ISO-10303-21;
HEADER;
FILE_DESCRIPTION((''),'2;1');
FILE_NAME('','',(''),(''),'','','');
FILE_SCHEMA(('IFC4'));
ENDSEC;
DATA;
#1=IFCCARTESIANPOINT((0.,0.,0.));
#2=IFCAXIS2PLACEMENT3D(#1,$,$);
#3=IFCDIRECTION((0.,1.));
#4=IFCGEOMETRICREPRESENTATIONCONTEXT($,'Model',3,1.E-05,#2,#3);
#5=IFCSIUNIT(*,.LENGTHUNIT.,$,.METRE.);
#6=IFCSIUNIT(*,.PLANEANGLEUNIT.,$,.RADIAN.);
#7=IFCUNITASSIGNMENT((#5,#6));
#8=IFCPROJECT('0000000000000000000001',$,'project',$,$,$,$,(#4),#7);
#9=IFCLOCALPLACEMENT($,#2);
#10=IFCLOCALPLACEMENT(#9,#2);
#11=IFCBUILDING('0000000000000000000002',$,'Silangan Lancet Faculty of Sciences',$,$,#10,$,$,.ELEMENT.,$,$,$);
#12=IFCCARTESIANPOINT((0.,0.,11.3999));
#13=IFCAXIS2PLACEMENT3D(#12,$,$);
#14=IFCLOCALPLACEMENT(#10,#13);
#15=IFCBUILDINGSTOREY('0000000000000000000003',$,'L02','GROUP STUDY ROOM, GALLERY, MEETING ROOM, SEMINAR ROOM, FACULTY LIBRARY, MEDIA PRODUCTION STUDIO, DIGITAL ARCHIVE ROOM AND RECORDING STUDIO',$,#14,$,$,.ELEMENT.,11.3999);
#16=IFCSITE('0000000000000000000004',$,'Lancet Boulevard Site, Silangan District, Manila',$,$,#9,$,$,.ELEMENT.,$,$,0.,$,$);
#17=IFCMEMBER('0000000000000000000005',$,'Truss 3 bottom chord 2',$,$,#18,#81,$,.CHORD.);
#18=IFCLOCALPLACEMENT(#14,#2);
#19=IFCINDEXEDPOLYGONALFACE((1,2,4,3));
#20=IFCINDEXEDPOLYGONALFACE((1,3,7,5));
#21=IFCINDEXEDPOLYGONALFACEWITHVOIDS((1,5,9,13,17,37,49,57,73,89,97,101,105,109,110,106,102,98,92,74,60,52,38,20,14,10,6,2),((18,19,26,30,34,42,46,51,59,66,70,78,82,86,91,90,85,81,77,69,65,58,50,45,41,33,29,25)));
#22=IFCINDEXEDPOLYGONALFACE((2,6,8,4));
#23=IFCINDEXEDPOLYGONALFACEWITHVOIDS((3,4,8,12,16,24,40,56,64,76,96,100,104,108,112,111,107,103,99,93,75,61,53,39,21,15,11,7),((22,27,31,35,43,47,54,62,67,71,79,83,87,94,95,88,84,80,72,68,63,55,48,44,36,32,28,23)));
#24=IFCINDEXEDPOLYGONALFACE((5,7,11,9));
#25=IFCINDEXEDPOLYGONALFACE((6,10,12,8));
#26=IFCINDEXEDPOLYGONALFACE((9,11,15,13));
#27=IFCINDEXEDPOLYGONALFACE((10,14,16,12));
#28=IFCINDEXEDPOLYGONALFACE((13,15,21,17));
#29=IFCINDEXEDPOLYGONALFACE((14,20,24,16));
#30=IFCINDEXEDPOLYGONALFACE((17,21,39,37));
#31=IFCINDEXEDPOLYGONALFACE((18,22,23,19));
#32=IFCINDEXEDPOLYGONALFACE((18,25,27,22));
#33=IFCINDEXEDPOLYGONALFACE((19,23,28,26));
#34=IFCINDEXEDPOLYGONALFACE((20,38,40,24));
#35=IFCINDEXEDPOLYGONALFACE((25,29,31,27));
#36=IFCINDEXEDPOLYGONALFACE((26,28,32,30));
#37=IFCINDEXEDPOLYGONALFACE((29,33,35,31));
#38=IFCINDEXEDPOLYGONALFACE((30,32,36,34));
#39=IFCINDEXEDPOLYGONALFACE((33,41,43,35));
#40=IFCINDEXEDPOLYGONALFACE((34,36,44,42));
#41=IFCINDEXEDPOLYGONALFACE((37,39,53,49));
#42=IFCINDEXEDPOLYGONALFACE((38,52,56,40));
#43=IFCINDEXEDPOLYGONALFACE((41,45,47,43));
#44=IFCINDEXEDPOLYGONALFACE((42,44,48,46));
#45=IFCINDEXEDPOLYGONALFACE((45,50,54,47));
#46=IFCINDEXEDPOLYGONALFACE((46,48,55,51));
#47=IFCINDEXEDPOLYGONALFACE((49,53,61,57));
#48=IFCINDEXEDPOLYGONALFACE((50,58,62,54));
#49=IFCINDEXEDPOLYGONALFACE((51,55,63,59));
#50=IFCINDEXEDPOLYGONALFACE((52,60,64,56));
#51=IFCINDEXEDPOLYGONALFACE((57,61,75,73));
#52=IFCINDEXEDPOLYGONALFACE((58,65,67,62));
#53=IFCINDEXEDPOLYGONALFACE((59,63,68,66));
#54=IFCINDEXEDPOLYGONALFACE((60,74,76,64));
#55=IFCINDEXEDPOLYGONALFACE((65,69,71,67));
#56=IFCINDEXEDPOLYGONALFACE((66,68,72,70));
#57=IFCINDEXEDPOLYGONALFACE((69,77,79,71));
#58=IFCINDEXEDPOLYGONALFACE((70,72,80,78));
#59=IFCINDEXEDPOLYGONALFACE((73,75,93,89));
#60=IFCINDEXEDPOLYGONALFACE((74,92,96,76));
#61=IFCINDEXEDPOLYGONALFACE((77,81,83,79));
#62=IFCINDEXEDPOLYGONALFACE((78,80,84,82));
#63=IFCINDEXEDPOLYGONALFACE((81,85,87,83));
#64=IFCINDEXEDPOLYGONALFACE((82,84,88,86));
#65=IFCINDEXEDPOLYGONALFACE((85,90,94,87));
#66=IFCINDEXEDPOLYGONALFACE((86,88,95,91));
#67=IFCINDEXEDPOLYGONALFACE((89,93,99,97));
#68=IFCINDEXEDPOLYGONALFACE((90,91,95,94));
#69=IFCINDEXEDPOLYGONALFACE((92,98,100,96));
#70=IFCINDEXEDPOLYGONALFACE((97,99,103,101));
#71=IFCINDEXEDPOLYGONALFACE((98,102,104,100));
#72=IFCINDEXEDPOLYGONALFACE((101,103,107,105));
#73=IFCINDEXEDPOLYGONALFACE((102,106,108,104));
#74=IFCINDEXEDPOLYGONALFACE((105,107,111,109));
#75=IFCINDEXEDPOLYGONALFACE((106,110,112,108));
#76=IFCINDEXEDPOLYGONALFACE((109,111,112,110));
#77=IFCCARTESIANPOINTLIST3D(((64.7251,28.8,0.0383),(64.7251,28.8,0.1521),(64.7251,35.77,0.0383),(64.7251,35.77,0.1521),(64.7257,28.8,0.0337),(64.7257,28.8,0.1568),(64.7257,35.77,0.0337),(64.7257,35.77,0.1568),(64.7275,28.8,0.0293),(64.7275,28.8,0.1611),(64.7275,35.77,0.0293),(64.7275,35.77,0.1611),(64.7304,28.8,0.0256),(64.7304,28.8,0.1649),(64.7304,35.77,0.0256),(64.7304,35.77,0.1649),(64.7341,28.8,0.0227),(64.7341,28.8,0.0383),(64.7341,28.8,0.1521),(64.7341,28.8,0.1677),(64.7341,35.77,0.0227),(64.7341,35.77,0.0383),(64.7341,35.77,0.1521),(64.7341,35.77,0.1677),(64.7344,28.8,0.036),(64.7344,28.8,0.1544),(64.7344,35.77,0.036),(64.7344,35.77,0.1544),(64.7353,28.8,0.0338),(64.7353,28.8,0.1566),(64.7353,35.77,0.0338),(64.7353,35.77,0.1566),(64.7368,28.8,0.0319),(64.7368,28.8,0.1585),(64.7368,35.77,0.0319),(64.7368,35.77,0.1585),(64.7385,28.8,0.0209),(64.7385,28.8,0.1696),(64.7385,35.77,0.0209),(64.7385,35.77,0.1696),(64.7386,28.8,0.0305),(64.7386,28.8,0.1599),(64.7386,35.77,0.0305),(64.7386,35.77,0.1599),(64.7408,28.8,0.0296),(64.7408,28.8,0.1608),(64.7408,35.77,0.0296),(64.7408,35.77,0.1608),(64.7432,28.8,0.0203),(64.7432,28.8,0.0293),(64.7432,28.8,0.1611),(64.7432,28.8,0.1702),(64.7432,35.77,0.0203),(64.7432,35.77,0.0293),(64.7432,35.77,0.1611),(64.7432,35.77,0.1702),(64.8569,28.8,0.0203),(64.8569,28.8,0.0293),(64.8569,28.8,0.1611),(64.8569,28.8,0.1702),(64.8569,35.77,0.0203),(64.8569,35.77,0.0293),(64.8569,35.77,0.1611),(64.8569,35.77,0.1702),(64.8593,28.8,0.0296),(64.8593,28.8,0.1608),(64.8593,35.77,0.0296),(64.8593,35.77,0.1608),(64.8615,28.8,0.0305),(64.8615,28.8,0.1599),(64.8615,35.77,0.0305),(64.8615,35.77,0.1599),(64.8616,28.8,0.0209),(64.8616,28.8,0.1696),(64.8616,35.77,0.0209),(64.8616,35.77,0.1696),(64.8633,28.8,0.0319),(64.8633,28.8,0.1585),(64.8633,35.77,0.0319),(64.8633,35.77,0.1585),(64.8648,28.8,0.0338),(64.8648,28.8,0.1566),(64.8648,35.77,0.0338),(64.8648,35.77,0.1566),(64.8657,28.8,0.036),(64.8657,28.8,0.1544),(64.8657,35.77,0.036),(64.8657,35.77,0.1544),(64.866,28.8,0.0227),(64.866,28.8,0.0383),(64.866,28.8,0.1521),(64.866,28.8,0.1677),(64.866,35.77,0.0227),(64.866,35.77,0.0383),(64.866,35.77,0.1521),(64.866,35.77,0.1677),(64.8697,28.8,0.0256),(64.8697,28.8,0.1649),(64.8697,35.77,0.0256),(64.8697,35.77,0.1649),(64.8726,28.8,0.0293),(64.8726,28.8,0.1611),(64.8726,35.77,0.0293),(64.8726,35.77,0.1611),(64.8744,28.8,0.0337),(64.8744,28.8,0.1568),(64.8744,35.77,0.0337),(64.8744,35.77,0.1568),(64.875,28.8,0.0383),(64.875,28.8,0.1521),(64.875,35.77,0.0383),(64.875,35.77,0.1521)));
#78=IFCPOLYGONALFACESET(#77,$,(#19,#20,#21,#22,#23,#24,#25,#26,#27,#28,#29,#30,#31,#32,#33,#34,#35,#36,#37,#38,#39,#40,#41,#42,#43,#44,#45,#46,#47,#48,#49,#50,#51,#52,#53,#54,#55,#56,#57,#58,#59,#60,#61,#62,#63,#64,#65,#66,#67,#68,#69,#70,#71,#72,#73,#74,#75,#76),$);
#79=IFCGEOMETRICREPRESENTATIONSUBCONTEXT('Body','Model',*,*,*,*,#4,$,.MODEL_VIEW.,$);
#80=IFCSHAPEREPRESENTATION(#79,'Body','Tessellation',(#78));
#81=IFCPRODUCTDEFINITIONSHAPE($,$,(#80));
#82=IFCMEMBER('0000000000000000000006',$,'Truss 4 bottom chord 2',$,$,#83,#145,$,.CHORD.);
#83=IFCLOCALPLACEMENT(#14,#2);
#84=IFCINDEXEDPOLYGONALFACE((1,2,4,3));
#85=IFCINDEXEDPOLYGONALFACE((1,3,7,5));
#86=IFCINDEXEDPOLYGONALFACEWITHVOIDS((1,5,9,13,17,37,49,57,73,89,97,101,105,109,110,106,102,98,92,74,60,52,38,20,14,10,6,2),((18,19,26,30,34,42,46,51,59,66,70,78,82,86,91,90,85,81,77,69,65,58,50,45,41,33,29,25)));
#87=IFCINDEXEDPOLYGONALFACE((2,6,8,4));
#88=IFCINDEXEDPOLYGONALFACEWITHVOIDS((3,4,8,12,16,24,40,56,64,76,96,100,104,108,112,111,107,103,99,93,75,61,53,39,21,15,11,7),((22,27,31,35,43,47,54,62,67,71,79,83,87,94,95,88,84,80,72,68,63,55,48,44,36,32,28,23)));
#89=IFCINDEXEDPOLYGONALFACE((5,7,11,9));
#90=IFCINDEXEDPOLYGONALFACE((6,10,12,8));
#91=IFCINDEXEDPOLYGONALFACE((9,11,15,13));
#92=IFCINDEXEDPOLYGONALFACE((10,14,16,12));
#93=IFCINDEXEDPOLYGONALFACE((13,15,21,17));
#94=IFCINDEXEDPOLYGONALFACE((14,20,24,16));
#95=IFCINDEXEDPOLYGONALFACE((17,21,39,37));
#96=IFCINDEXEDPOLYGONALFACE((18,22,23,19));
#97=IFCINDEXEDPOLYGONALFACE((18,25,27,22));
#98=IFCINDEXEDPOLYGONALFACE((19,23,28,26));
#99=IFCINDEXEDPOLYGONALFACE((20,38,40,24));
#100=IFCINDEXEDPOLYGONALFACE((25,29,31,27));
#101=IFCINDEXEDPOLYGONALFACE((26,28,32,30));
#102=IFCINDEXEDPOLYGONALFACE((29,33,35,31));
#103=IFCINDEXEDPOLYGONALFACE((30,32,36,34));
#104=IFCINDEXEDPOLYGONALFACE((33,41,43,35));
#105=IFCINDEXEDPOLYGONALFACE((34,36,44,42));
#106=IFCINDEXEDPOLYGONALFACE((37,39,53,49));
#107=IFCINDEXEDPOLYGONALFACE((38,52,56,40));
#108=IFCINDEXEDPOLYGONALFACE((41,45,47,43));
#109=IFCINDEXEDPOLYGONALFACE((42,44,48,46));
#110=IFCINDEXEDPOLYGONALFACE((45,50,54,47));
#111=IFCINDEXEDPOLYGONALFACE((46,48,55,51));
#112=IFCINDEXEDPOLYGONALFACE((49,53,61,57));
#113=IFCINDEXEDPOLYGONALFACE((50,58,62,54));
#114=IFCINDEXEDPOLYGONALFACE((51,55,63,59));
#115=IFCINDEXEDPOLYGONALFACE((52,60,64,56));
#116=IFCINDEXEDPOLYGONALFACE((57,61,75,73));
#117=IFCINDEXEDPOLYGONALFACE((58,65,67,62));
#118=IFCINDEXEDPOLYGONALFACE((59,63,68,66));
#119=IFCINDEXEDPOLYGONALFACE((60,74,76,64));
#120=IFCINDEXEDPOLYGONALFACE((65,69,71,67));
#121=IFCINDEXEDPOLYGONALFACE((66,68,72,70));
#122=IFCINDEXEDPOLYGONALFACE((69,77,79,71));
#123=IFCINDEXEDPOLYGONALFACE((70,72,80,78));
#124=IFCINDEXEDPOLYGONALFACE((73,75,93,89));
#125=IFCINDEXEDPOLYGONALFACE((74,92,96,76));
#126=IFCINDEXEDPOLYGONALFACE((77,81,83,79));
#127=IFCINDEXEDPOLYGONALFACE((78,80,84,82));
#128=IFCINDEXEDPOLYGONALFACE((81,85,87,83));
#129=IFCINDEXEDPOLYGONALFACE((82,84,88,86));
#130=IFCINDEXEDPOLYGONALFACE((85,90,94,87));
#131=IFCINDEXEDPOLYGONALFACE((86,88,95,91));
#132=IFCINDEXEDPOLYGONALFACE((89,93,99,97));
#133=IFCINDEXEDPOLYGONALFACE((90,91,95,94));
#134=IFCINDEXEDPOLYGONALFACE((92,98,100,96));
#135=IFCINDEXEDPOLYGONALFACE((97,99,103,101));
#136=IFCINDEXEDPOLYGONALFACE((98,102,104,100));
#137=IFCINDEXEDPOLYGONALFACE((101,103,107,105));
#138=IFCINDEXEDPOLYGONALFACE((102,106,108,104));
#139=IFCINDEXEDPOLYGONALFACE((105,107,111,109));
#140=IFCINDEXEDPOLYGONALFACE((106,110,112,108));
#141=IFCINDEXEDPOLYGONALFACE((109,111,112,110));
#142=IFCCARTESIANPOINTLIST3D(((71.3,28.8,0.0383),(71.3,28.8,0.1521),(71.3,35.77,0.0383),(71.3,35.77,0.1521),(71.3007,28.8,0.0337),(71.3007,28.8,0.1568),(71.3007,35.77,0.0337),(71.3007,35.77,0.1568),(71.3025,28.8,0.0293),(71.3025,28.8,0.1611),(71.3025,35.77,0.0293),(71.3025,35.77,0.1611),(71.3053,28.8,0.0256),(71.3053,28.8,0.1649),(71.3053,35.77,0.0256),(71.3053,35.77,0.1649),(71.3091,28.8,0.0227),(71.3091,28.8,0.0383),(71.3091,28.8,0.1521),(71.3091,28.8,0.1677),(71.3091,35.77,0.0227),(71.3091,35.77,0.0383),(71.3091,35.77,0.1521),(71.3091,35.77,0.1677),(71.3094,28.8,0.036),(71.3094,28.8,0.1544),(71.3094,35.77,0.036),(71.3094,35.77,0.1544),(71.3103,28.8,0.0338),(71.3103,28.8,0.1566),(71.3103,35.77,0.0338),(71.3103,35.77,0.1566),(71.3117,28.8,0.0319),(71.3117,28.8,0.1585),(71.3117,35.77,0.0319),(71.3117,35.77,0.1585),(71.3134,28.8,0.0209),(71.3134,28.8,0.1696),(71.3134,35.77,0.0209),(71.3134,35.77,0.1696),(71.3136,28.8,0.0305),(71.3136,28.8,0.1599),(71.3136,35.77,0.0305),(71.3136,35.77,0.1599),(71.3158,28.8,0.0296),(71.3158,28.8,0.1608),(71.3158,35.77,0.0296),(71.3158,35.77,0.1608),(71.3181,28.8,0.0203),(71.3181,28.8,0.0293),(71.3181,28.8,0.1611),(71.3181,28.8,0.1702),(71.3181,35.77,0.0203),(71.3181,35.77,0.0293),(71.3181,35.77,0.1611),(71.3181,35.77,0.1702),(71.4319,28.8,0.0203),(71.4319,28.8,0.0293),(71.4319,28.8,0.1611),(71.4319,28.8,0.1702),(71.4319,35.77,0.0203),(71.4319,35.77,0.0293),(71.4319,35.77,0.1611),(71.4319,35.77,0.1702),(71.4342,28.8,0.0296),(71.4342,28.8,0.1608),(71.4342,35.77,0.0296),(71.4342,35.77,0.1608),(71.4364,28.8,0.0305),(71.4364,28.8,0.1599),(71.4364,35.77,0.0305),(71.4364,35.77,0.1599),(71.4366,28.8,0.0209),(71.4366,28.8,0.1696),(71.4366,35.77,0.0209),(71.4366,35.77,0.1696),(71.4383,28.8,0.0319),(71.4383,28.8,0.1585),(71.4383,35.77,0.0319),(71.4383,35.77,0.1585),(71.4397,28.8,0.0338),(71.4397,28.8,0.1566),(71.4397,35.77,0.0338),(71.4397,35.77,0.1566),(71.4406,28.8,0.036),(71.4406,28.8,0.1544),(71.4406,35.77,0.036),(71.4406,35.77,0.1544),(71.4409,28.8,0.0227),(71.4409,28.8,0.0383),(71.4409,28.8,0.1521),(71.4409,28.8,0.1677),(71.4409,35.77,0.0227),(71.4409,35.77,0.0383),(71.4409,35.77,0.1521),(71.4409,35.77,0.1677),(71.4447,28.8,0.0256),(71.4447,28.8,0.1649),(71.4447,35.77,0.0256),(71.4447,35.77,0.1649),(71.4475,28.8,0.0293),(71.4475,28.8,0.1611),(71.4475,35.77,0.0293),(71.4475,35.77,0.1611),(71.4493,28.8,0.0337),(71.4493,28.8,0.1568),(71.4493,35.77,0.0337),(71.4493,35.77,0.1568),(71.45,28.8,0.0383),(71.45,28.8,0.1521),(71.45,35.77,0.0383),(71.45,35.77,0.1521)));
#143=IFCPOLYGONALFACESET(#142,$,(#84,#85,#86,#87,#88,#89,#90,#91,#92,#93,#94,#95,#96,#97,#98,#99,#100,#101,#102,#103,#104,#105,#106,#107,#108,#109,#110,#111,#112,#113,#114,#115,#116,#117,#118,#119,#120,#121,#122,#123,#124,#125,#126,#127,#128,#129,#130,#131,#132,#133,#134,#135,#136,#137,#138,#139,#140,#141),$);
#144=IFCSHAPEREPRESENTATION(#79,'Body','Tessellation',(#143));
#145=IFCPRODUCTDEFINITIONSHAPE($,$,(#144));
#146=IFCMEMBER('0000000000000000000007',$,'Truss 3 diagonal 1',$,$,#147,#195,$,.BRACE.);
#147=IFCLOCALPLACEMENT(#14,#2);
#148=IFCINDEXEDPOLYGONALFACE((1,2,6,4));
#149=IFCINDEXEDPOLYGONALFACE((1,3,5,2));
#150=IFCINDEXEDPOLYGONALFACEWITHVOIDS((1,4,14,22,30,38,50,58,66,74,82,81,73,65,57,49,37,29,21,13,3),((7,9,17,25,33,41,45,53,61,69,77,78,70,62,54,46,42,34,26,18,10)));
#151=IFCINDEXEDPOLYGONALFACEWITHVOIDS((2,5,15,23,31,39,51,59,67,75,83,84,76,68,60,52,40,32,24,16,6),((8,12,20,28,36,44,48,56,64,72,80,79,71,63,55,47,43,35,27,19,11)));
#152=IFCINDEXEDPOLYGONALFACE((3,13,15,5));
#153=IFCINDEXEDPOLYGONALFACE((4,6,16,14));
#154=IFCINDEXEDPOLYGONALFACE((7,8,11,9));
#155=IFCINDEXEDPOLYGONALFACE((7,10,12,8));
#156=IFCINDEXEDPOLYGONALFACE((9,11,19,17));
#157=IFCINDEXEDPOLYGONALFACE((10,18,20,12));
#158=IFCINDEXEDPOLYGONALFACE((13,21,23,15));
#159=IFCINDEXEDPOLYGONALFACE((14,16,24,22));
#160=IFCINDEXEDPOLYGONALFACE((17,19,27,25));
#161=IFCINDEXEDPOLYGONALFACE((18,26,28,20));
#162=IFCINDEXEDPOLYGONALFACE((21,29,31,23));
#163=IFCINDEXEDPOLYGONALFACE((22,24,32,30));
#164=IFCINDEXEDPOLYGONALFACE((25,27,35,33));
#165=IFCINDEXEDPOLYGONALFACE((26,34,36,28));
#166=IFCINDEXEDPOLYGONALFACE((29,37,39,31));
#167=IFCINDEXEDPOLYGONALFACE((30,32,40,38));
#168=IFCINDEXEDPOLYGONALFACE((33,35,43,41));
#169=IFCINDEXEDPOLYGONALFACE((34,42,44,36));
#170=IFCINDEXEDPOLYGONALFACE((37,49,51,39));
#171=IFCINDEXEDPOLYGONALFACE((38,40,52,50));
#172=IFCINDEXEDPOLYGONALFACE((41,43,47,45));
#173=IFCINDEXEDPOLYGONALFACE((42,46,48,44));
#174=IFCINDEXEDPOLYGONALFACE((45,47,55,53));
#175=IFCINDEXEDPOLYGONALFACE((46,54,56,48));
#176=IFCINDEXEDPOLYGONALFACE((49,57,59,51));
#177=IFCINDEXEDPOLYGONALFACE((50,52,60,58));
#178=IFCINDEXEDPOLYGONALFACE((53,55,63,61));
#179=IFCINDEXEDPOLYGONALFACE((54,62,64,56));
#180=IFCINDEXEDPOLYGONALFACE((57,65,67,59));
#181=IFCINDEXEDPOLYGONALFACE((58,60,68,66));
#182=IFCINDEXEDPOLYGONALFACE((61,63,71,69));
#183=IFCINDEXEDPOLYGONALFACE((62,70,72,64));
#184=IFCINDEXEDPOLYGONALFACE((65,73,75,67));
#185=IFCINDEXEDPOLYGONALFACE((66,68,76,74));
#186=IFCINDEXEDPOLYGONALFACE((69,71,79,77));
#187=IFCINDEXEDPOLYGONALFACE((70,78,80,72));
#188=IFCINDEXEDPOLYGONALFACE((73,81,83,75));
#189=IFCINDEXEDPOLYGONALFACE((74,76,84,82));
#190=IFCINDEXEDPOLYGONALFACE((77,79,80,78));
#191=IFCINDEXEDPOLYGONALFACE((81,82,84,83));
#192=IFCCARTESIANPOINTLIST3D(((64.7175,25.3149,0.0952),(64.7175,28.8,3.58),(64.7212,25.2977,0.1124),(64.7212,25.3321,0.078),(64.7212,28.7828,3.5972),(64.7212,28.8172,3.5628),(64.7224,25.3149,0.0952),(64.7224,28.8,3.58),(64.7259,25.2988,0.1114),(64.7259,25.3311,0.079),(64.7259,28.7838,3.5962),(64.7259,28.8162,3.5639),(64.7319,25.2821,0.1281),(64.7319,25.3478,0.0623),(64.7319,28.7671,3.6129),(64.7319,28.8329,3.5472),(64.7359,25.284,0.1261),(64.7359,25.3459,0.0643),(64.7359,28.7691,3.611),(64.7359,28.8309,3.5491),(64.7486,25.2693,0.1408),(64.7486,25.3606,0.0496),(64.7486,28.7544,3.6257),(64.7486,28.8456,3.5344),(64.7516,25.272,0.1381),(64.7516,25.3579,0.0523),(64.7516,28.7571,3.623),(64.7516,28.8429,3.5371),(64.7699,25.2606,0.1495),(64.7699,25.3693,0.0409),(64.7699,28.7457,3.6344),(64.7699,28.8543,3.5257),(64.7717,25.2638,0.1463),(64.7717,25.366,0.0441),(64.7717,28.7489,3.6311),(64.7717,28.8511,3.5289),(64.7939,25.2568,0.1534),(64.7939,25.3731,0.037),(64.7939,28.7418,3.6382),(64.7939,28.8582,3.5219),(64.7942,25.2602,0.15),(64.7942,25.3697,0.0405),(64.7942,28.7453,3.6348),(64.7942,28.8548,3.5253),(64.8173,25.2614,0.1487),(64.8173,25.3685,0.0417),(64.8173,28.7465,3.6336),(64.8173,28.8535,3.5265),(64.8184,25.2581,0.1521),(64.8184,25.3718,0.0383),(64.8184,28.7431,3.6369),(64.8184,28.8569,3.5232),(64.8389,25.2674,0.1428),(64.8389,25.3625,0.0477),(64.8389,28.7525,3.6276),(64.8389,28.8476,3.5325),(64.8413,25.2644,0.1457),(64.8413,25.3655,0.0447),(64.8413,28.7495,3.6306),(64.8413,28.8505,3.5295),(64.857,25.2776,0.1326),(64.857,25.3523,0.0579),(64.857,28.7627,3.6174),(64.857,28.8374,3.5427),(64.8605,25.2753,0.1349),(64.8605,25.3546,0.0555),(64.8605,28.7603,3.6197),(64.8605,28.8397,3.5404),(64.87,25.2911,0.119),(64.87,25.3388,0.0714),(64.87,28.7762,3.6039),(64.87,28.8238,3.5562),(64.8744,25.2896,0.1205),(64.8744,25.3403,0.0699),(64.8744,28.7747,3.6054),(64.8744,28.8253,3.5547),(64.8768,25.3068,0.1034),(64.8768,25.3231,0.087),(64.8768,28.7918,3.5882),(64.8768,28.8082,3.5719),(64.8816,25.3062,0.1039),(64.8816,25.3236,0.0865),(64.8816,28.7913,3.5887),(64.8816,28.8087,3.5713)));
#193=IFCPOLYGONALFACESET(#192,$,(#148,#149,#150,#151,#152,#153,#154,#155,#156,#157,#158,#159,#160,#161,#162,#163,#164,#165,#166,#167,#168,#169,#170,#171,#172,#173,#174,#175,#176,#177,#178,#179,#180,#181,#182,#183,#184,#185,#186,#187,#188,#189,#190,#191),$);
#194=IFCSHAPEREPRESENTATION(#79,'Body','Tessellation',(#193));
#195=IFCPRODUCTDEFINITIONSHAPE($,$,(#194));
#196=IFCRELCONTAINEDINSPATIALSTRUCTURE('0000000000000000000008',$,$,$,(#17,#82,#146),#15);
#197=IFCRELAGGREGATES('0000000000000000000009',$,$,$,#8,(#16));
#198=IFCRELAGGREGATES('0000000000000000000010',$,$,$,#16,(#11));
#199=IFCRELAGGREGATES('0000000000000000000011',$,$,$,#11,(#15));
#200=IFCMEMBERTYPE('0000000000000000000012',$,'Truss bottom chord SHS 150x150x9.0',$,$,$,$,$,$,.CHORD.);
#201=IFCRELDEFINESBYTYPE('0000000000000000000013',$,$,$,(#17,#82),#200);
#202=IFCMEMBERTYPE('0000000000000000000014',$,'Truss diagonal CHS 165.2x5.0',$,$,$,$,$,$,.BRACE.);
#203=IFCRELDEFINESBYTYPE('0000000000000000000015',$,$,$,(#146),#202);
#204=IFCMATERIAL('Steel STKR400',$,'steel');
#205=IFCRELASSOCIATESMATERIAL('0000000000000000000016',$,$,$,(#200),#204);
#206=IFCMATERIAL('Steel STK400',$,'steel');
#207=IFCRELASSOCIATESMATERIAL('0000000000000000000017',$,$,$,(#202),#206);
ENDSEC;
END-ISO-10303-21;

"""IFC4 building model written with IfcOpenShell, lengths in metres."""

from ifc_helpers import new_model, si_unit, direction, frame, origin, origin_2d, place, context, subcontext, project, spatial, hollow_rectangle, hollow_circle, extrude, material, material_profile, profile_set, type_object, element, save


model = new_model("IFC4")

# Units and contexts
model_context = context("Model", 3, precision=1e-05, world=origin(), true_north=direction((0.0, 1.0)))
body_context = subcontext(model_context, "Body", "Model", "MODEL_VIEW")
ifc_project = project(units=[si_unit("LENGTHUNIT", "METRE"), si_unit("PLANEANGLEUNIT", "RADIAN")], contexts=[model_context])

# Site, building, storey
site_placement = place(None, origin())
site = spatial("IfcSite", under=ifc_project, at=site_placement, Name="Lancet Boulevard Site, Silangan District, Manila", CompositionType="ELEMENT", RefElevation=0.0)
building_placement = place(site_placement, origin())
building = spatial("IfcBuilding", under=site, at=building_placement, Name="Silangan Lancet Faculty of Sciences", CompositionType="ELEMENT")
storey_placement = place(building_placement, frame((0.0, 0.0, 11.3999)))
storey = spatial("IfcBuildingStorey", under=building, at=storey_placement, Name="L02", Description="GROUP STUDY ROOM, GALLERY, MEETING ROOM, SEMINAR ROOM, FACULTY LIBRARY, MEDIA PRODUCTION STUDIO, DIGITAL ARCHIVE ROOM AND RECORDING STUDIO", CompositionType="ELEMENT", Elevation=11.3999)

# Members
ifc_material_1 = material(Name="Steel STKR400", Category="steel")
ifc_material_profile_1 = material_profile(ifc_material_1, hollow_rectangle(XDim=0.1499, YDim=0.1499, WallThickness=0.009, InnerFilletRadius=0.009, OuterFilletRadius=0.0181, at=origin_2d()), Name="SHS 150x150x9.0")
ifc_profile_set_1 = profile_set([ifc_material_profile_1], Name="Steel STKR400")
member_type_1 = type_object("IfcMemberType", Name="Truss bottom chord SHS 150x150x9.0", PredefinedType="CHORD", material=ifc_profile_set_1)
for number, where, z_axis, x_axis, name in (
    (1, (64.8, 28.8, 0.0952), (0.0, 1.0, 0.0), (-1.0, 0.0, 0.0), "Truss 3 bottom chord 2"),
    (2, (71.375, 28.8, 0.0952), (0.0, 1.0, 0.0), (-1.0, 0.0, 0.0), "Truss 4 bottom chord 2"),
):
    element("IfcMember", number, at=place(storey_placement, frame(where, z_axis=z_axis, x_axis=x_axis)), inside=storey, type_object=member_type_1, Name=name, PredefinedType="CHORD", context=body_context, shape_type="SweptSolid", body=[
        extrude(hollow_rectangle(XDim=0.1499, YDim=0.1499, WallThickness=0.009, InnerFilletRadius=0.009, OuterFilletRadius=0.0181, at=origin_2d()), origin(), (0.0, 0.0, 1.0), 6.97),
    ])
ifc_material_2 = material(Name="Steel STK400", Category="steel")
ifc_material_profile_2 = material_profile(ifc_material_2, hollow_circle(Radius=0.0825, WallThickness=0.0049, at=origin_2d()), Name="CHS 165.2x5.0")
ifc_profile_set_2 = profile_set([ifc_material_profile_2], Name="Steel STK400")
member_type_2 = type_object("IfcMemberType", Name="Truss diagonal CHS 165.2x5.0", PredefinedType="BRACE", material=ifc_profile_set_2)
for number, where, z_axis, x_axis, name in (
    (3, (64.8, 25.3149, 0.0952), (0.0, 0.707132, 0.707082), (-1.0, 0.0, 0.0), "Truss 3 diagonal 1"),
):
    element("IfcMember", number, at=place(storey_placement, frame(where, z_axis=z_axis, x_axis=x_axis)), inside=storey, type_object=member_type_2, Name=name, PredefinedType="BRACE", context=body_context, shape_type="SweptSolid", body=[
        extrude(hollow_circle(Radius=0.0825, WallThickness=0.0049, at=origin_2d()), origin(), (0.0, 0.0, 1.0), 4.9285),
    ])

save(model, "model.ifc")
